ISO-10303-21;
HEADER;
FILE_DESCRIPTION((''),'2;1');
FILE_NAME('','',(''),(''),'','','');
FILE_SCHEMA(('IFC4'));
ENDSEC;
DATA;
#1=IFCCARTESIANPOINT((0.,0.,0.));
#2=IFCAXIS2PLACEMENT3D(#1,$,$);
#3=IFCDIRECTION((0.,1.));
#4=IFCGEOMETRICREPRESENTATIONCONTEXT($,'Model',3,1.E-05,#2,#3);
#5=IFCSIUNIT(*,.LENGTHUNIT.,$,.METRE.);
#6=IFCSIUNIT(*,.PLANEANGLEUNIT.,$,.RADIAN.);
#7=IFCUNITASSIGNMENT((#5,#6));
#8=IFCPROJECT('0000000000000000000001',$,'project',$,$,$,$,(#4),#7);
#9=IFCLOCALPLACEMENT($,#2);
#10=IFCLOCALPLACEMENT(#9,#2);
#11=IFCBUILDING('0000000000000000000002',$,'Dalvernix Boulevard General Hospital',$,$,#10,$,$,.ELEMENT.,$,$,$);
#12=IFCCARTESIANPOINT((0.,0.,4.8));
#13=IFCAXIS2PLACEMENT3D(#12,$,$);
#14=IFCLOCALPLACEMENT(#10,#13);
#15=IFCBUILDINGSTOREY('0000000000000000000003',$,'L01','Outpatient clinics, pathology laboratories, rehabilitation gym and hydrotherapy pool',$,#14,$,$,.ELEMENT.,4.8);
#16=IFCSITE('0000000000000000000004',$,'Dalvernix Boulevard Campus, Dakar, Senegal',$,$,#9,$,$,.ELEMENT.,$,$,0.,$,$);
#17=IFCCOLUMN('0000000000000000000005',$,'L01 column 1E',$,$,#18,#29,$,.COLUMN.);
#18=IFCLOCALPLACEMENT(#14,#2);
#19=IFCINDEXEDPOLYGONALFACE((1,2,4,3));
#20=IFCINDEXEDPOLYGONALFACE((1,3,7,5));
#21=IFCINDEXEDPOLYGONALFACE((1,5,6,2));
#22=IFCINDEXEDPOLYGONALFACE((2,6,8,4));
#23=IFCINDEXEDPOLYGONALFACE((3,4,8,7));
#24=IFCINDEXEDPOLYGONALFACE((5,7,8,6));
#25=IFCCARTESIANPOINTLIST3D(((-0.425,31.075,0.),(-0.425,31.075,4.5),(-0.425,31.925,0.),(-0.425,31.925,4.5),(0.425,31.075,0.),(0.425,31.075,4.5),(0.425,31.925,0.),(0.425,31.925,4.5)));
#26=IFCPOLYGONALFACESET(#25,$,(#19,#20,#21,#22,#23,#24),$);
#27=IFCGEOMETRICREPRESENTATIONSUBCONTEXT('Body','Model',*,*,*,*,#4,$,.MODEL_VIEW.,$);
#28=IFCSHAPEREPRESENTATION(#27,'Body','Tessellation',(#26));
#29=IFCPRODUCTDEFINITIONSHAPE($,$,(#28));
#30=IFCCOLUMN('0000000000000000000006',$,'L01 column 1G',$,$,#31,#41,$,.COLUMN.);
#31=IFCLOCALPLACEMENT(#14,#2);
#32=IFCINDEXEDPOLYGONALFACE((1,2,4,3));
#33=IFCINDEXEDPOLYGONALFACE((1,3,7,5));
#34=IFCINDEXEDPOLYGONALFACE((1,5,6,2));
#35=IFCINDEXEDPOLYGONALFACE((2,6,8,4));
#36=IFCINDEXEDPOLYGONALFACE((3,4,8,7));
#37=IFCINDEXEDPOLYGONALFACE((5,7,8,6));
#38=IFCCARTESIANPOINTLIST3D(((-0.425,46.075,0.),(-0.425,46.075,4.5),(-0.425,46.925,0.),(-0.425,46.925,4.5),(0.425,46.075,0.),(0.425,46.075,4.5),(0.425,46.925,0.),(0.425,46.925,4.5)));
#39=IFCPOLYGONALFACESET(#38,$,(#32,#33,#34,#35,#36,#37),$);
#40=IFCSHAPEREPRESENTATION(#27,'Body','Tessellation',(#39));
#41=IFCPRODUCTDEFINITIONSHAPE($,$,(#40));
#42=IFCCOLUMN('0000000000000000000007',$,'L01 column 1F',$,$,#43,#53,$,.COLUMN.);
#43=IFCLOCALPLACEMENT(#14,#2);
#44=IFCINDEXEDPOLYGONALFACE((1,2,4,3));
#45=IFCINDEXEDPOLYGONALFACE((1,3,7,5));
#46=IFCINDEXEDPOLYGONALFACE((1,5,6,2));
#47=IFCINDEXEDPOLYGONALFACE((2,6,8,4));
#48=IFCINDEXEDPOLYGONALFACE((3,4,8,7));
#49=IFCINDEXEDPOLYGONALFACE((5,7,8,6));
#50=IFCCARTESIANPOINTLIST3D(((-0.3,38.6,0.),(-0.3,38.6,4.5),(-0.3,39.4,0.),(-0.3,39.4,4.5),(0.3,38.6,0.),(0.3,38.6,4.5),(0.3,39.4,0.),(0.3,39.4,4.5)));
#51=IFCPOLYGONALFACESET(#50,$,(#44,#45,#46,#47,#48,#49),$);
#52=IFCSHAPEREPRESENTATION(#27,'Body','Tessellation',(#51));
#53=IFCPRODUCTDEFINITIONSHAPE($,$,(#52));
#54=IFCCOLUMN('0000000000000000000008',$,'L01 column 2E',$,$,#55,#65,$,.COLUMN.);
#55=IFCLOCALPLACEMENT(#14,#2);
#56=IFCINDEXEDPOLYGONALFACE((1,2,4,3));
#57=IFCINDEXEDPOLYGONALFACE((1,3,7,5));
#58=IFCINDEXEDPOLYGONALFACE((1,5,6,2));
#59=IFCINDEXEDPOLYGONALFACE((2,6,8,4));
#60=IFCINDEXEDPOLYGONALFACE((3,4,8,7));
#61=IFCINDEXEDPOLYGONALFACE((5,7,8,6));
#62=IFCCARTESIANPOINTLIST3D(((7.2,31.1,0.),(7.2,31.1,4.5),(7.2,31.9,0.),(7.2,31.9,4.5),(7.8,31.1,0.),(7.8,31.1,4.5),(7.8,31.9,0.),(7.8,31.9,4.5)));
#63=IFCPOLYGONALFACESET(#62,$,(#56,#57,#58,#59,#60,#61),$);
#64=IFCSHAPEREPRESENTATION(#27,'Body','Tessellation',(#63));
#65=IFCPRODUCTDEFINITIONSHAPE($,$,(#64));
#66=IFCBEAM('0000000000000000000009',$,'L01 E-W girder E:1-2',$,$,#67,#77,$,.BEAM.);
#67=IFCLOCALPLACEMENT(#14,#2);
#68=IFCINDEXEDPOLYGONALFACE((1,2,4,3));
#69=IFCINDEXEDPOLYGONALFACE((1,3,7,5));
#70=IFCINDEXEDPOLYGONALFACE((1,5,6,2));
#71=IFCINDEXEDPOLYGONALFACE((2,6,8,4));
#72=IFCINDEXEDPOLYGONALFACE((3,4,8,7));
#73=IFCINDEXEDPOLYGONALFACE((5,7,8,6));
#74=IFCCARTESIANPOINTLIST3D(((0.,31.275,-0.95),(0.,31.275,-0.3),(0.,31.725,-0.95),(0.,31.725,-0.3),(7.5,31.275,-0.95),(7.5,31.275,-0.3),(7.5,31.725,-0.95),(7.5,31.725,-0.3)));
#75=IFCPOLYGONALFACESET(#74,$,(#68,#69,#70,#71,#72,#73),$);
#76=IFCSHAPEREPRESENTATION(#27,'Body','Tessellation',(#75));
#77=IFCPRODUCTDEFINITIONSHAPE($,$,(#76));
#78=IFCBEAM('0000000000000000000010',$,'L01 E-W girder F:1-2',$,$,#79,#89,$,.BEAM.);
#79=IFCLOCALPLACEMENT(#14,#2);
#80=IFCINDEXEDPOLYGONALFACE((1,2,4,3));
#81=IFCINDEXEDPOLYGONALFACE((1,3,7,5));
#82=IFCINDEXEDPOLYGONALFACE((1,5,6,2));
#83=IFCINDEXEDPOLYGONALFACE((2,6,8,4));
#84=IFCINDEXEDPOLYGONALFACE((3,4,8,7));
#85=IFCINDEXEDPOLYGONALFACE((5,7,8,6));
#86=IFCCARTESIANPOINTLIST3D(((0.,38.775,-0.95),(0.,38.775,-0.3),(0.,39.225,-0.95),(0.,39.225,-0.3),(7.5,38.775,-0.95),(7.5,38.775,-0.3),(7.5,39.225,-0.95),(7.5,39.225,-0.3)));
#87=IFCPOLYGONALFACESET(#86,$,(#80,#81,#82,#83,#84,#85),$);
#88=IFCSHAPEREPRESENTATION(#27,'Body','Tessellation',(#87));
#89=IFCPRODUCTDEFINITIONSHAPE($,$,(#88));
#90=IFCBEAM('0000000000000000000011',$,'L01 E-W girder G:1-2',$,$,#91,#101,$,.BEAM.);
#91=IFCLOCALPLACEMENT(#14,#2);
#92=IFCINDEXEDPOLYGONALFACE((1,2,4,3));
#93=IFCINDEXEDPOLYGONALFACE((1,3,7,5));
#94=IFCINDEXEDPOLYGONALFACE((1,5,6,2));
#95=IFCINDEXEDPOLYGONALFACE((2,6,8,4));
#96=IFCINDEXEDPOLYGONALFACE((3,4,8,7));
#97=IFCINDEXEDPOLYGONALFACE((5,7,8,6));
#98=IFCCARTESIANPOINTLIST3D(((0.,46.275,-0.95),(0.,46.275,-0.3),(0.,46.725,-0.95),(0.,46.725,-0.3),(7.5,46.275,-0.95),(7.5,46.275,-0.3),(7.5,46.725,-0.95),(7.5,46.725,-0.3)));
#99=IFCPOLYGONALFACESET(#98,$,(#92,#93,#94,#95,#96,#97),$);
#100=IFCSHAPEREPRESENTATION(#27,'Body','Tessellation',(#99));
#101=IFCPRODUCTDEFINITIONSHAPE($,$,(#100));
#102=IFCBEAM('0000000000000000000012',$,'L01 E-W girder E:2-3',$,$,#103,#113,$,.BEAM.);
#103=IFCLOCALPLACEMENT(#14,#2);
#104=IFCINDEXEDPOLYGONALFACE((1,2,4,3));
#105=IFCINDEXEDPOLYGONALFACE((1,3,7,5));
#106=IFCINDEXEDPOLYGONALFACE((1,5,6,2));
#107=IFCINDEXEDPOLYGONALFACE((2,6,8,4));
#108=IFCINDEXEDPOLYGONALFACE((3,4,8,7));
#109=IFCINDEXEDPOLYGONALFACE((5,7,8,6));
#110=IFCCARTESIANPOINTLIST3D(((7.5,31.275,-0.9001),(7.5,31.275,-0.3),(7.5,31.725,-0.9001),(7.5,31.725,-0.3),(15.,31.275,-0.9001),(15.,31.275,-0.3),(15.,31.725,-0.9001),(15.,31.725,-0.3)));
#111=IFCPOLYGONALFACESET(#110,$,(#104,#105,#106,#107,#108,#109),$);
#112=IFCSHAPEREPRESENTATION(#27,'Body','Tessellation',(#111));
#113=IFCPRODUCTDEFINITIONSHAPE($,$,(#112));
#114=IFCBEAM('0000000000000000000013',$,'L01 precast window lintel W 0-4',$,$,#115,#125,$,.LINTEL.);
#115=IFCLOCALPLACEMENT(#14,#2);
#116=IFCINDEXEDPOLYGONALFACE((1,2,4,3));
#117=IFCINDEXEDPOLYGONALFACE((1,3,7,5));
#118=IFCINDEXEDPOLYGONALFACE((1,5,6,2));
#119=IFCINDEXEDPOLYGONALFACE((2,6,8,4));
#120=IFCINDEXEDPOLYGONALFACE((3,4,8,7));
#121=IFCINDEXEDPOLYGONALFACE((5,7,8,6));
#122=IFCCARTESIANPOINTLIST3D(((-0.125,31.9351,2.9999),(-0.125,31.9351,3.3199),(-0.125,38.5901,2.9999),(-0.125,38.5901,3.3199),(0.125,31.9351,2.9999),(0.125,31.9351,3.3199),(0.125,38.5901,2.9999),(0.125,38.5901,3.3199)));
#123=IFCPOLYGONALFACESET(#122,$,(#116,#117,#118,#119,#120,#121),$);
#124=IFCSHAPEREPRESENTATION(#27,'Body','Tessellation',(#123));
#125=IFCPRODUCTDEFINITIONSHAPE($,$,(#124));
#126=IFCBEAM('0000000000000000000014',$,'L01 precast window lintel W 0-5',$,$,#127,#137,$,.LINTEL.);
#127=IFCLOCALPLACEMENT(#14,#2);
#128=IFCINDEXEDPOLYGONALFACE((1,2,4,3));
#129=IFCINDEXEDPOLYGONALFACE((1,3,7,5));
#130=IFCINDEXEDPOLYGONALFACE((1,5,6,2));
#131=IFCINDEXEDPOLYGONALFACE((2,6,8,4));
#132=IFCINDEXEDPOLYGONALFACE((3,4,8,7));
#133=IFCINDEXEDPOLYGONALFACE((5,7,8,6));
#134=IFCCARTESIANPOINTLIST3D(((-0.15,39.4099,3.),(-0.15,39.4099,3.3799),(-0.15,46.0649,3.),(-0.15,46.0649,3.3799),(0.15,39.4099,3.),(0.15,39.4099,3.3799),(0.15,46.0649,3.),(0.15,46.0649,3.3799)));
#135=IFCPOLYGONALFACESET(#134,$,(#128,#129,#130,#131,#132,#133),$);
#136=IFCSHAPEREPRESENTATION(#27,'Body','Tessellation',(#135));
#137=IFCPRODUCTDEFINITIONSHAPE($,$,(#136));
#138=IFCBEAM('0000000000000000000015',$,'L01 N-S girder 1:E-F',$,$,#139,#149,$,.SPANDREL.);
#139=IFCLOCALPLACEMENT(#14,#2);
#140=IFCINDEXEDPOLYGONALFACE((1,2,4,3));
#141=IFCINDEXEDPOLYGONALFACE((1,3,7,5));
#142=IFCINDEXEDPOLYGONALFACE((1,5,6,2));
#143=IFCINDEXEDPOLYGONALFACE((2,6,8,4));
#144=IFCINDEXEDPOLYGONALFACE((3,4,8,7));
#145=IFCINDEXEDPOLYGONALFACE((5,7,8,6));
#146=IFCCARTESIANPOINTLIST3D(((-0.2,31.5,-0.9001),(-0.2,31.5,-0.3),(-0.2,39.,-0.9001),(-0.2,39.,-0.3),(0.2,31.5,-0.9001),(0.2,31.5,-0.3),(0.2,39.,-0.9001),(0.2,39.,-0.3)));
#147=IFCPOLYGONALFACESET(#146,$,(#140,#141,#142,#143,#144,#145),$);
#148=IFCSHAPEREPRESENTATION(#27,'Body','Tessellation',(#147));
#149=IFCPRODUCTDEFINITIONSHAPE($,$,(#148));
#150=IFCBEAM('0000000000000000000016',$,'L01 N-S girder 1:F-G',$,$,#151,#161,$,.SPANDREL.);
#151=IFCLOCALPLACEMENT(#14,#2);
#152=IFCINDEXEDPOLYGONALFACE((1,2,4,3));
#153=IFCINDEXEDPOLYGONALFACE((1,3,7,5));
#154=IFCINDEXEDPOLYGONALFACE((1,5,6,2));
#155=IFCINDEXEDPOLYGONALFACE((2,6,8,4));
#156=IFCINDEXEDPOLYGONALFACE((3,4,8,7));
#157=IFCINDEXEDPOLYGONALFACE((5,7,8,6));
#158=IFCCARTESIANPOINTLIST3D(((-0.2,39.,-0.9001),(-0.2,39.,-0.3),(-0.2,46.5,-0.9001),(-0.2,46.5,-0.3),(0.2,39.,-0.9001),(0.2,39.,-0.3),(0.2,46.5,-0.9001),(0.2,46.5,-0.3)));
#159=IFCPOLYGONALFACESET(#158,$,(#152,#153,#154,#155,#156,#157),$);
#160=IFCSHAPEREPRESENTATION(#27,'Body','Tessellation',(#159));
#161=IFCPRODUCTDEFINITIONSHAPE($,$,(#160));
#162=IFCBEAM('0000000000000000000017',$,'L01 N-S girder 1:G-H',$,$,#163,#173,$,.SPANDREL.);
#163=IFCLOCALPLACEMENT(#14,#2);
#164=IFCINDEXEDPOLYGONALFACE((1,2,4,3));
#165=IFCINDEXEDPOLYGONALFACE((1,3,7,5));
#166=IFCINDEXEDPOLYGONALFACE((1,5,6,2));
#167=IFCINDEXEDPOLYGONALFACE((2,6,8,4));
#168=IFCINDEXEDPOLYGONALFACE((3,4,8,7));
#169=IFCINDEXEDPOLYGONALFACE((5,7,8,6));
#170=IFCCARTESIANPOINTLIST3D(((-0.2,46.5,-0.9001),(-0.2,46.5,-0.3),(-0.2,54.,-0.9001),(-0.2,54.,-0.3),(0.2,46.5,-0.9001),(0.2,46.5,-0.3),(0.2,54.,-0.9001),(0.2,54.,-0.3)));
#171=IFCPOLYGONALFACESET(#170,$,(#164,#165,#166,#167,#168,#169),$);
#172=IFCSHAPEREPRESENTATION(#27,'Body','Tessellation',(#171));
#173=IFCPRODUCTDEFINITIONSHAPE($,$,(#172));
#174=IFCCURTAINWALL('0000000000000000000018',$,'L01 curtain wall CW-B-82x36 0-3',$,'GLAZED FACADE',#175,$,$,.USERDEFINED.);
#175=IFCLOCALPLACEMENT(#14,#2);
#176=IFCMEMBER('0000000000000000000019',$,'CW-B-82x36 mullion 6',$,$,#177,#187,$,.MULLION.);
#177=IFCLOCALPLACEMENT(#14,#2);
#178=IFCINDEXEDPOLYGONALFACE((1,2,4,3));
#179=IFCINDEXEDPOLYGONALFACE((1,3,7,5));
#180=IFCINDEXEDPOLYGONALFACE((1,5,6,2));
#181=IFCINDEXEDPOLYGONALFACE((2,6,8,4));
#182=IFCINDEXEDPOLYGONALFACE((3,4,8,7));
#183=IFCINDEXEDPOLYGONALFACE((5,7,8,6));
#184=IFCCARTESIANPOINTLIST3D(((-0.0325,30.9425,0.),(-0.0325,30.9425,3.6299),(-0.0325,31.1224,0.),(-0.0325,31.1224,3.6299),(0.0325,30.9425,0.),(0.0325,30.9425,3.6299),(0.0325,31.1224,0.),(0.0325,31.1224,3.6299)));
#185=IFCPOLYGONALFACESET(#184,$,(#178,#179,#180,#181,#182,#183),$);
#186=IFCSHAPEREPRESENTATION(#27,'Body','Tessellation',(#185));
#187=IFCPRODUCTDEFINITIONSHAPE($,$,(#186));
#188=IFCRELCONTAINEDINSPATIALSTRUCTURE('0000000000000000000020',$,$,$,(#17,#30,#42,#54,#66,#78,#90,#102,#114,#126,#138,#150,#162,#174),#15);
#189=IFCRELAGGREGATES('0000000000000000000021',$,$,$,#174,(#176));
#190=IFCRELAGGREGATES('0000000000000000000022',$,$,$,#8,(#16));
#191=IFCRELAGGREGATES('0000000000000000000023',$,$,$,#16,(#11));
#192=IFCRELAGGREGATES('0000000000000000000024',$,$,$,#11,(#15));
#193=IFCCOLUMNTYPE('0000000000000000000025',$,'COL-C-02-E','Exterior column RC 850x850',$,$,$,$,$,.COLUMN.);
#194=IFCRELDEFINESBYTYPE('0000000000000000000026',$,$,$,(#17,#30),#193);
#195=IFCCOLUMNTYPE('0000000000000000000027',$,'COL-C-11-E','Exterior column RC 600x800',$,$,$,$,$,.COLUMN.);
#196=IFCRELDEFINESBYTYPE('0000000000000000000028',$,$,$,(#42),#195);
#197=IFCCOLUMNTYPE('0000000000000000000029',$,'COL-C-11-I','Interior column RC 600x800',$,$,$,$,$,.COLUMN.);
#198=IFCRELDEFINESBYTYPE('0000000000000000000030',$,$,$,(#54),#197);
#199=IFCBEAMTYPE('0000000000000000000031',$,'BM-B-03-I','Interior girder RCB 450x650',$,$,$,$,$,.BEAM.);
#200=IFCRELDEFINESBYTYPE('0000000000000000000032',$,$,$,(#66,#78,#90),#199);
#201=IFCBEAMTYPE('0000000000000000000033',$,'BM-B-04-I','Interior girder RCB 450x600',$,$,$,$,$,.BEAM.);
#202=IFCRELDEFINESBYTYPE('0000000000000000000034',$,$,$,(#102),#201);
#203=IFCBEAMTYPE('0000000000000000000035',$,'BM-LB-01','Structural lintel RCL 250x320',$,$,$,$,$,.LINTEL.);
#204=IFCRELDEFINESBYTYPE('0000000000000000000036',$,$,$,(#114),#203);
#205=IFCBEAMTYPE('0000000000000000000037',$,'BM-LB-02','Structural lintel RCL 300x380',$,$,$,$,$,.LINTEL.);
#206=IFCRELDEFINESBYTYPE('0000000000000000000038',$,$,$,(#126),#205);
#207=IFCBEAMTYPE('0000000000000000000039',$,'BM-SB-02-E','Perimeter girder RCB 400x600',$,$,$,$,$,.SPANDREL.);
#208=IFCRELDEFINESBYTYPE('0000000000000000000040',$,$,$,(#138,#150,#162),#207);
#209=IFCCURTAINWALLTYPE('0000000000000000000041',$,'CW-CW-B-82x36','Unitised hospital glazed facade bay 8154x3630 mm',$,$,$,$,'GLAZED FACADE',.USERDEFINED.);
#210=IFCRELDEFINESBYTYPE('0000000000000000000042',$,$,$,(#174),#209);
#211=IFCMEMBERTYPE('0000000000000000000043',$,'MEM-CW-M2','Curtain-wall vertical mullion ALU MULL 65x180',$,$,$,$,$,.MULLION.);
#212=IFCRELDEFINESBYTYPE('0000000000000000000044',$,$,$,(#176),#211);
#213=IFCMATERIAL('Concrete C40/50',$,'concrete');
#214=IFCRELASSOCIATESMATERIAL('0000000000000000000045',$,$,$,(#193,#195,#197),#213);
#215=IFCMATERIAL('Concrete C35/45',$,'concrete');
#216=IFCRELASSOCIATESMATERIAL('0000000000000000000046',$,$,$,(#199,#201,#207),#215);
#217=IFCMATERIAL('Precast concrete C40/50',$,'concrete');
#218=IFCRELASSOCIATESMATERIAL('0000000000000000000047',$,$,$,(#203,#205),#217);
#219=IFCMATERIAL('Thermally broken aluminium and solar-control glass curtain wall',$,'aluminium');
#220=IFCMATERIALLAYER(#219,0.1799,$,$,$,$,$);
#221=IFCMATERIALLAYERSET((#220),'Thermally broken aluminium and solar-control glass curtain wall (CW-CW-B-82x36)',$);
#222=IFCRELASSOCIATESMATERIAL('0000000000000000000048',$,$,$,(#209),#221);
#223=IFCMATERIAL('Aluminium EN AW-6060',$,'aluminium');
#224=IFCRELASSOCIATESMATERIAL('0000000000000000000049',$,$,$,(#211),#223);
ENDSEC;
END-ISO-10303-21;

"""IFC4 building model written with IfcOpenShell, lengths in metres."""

from ifc_helpers import new_model, si_unit, direction, frame, origin, origin_2d, place, context, subcontext, project, spatial, rectangle, extrude, material, layer, layer_set, material_profile, profile_set, type_object, element, aggregate, save


model = new_model("IFC4")

# Units and contexts
model_context = context("Model", 3, precision=1e-05, world=origin(), true_north=direction((0.0, 1.0)))
body_context = subcontext(model_context, "Body", "Model", "MODEL_VIEW")
ifc_project = project(units=[si_unit("LENGTHUNIT", "METRE"), si_unit("PLANEANGLEUNIT", "RADIAN")], contexts=[model_context])

# Site, building, storey
site_placement = place(None, origin())
site = spatial("IfcSite", under=ifc_project, at=site_placement, Name="Dalvernix Boulevard Campus, Dakar, Senegal", CompositionType="ELEMENT", RefElevation=0.0)
building_placement = place(site_placement, origin())
building = spatial("IfcBuilding", under=site, at=building_placement, Name="Dalvernix Boulevard General Hospital", CompositionType="ELEMENT")
storey_placement = place(building_placement, frame((0.0, 0.0, 4.8)))
storey = spatial("IfcBuildingStorey", under=building, at=storey_placement, Name="L01", Description="Outpatient clinics, pathology laboratories, rehabilitation gym and hydrotherapy pool", CompositionType="ELEMENT", Elevation=4.8)

# Columns
ifc_material_1 = material(Name="Concrete C40/50", Category="concrete")
ifc_material_profile_1 = material_profile(ifc_material_1, rectangle(XDim=0.8501, YDim=0.8501, at=origin_2d()), Name="RC 850x850")
ifc_profile_set_1 = profile_set([ifc_material_profile_1], Name="Concrete C40/50")
column_type_1 = type_object("IfcColumnType", Name="COL-C-02-E", Description="Exterior column RC 850x850", PredefinedType="COLUMN", material=ifc_profile_set_1)
for number, where, z_axis, x_axis, name in (
    (1, (0.0, 31.5, 0.0), (0.0, 0.0, 1.0), (1.0, 0.0, 0.0), "L01 column 1E"),
    (2, (0.0, 46.5, 0.0), (0.0, 0.0, 1.0), (1.0, 0.0, 0.0), "L01 column 1G"),
):
    element("IfcColumn", number, at=place(storey_placement, frame(where, z_axis=z_axis, x_axis=x_axis)), inside=storey, type_object=column_type_1, Name=name, PredefinedType="COLUMN", context=body_context, shape_type="SweptSolid", body=[
        extrude(rectangle(XDim=0.8501, YDim=0.8501, at=origin_2d()), origin(), (0.0, 0.0, 1.0), 4.5),
    ])
ifc_material_profile_2 = material_profile(ifc_material_1, rectangle(XDim=0.6001, YDim=0.8, at=origin_2d()), Name="RC 600x800")
ifc_profile_set_2 = profile_set([ifc_material_profile_2], Name="Concrete C40/50")
column_type_2 = type_object("IfcColumnType", Name="COL-C-11-E", Description="Exterior column RC 600x800", PredefinedType="COLUMN", material=ifc_profile_set_2)
column_1_placement = place(storey_placement, frame((0.0, 39.0, 0.0), z_axis=(0.0, 0.0, 1.0), x_axis=(1.0, 0.0, 0.0)))
element("IfcColumn", 3, at=column_1_placement, inside=storey, type_object=column_type_2, Name="L01 column 1F", PredefinedType="COLUMN", context=body_context, shape_type="SweptSolid", body=[
    extrude(rectangle(XDim=0.6001, YDim=0.8, at=origin_2d()), origin(), (0.0, 0.0, 1.0), 4.5),
])
ifc_material_profile_3 = material_profile(ifc_material_1, rectangle(XDim=0.6001, YDim=0.8, at=origin_2d()), Name="RC 600x800")
ifc_profile_set_3 = profile_set([ifc_material_profile_3], Name="Concrete C40/50")
column_type_3 = type_object("IfcColumnType", Name="COL-C-11-I", Description="Interior column RC 600x800", PredefinedType="COLUMN", material=ifc_profile_set_3)
column_2_placement = place(storey_placement, frame((7.5, 31.5, 0.0), z_axis=(0.0, 0.0, 1.0), x_axis=(1.0, 0.0, 0.0)))
element("IfcColumn", 4, at=column_2_placement, inside=storey, type_object=column_type_3, Name="L01 column 2E", PredefinedType="COLUMN", context=body_context, shape_type="SweptSolid", body=[
    extrude(rectangle(XDim=0.6001, YDim=0.8, at=origin_2d()), origin(), (0.0, 0.0, 1.0), 4.5),
])

# Beams
ifc_material_2 = material(Name="Concrete C35/45", Category="concrete")
ifc_material_profile_4 = material_profile(ifc_material_2, rectangle(XDim=0.45, YDim=0.6499, at=origin_2d()), Name="RCB 450x650")
ifc_profile_set_4 = profile_set([ifc_material_profile_4], Name="Concrete C35/45")
beam_type_1 = type_object("IfcBeamType", Name="BM-B-03-I", Description="Interior girder RCB 450x650", PredefinedType="BEAM", material=ifc_profile_set_4)
for number, where, z_axis, x_axis, name in (
    (5, (0.0, 31.5, -0.625), (1.0, 0.0, 0.0), (0.0, 1.0, 0.0), "L01 E-W girder E:1-2"),
    (6, (0.0, 39.0, -0.625), (1.0, 0.0, 0.0), (0.0, 1.0, 0.0), "L01 E-W girder F:1-2"),
    (7, (0.0, 46.5, -0.625), (1.0, 0.0, 0.0), (0.0, 1.0, 0.0), "L01 E-W girder G:1-2"),
):
    element("IfcBeam", number, at=place(storey_placement, frame(where, z_axis=z_axis, x_axis=x_axis)), inside=storey, type_object=beam_type_1, Name=name, PredefinedType="BEAM", context=body_context, shape_type="SweptSolid", body=[
        extrude(rectangle(XDim=0.45, YDim=0.6499, at=origin_2d()), origin(), (0.0, 0.0, 1.0), 7.5),
    ])
ifc_material_profile_5 = material_profile(ifc_material_2, rectangle(XDim=0.45, YDim=0.6001, at=origin_2d()), Name="RCB 450x600")
ifc_profile_set_5 = profile_set([ifc_material_profile_5], Name="Concrete C35/45")
beam_type_2 = type_object("IfcBeamType", Name="BM-B-04-I", Description="Interior girder RCB 450x600", PredefinedType="BEAM", material=ifc_profile_set_5)
beam_1_placement = place(storey_placement, frame((7.5, 31.5, -0.6001), z_axis=(1.0, 0.0, 0.0), x_axis=(0.0, 1.0, 0.0)))
element("IfcBeam", 8, at=beam_1_placement, inside=storey, type_object=beam_type_2, Name="L01 E-W girder E:2-3", PredefinedType="BEAM", context=body_context, shape_type="SweptSolid", body=[
    extrude(rectangle(XDim=0.45, YDim=0.6001, at=origin_2d()), origin(), (0.0, 0.0, 1.0), 7.5),
])
ifc_material_3 = material(Name="Precast concrete C40/50", Category="concrete")
ifc_material_profile_6 = material_profile(ifc_material_3, rectangle(XDim=0.25, YDim=0.3201, at=origin_2d()), Name="RCL 250x320")
ifc_profile_set_6 = profile_set([ifc_material_profile_6], Name="Precast concrete C40/50")
beam_type_3 = type_object("IfcBeamType", Name="BM-LB-01", Description="Structural lintel RCL 250x320", PredefinedType="LINTEL", material=ifc_profile_set_6)
beam_2_placement = place(storey_placement, frame((0.0, 31.9351, 3.1599), z_axis=(0.0, 1.0, 0.0), x_axis=(-1.0, 0.0, 0.0)))
element("IfcBeam", 9, at=beam_2_placement, inside=storey, type_object=beam_type_3, Name="L01 precast window lintel W 0-4", PredefinedType="LINTEL", context=body_context, shape_type="SweptSolid", body=[
    extrude(rectangle(XDim=0.25, YDim=0.3201, at=origin_2d()), origin(), (0.0, 0.0, 1.0), 6.655),
])
ifc_material_profile_7 = material_profile(ifc_material_3, rectangle(XDim=0.3, YDim=0.3799, at=origin_2d()), Name="RCL 300x380")
ifc_profile_set_7 = profile_set([ifc_material_profile_7], Name="Precast concrete C40/50")
beam_type_4 = type_object("IfcBeamType", Name="BM-LB-02", Description="Structural lintel RCL 300x380", PredefinedType="LINTEL", material=ifc_profile_set_7)
beam_3_placement = place(storey_placement, frame((0.0, 39.4099, 3.1899), z_axis=(0.0, 1.0, 0.0), x_axis=(-1.0, 0.0, 0.0)))
element("IfcBeam", 10, at=beam_3_placement, inside=storey, type_object=beam_type_4, Name="L01 precast window lintel W 0-5", PredefinedType="LINTEL", context=body_context, shape_type="SweptSolid", body=[
    extrude(rectangle(XDim=0.3, YDim=0.3799, at=origin_2d()), origin(), (0.0, 0.0, 1.0), 6.655),
])
ifc_material_profile_8 = material_profile(ifc_material_2, rectangle(XDim=0.3999, YDim=0.6001, at=origin_2d()), Name="RCB 400x600")
ifc_profile_set_8 = profile_set([ifc_material_profile_8], Name="Concrete C35/45")
beam_type_5 = type_object("IfcBeamType", Name="BM-SB-02-E", Description="Perimeter girder RCB 400x600", PredefinedType="SPANDREL", material=ifc_profile_set_8)
for number, where, z_axis, x_axis, name in (
    (11, (0.0, 31.5, -0.6001), (0.0, 1.0, 0.0), (-1.0, 0.0, 0.0), "L01 N-S girder 1:E-F"),
    (12, (0.0, 39.0, -0.6001), (0.0, 1.0, 0.0), (-1.0, 0.0, 0.0), "L01 N-S girder 1:F-G"),
    (13, (0.0, 46.5, -0.6001), (0.0, 1.0, 0.0), (-1.0, 0.0, 0.0), "L01 N-S girder 1:G-H"),
):
    element("IfcBeam", number, at=place(storey_placement, frame(where, z_axis=z_axis, x_axis=x_axis)), inside=storey, type_object=beam_type_5, Name=name, PredefinedType="SPANDREL", context=body_context, shape_type="SweptSolid", body=[
        extrude(rectangle(XDim=0.3999, YDim=0.6001, at=origin_2d()), origin(), (0.0, 0.0, 1.0), 7.5),
    ])

# Curtain wall, member
ifc_material_4 = material(Name="Thermally broken aluminium and solar-control glass curtain wall", Category="aluminium")
ifc_layer_1 = layer(ifc_material_4, 0.1799)
ifc_layer_set_1 = layer_set([ifc_layer_1], Name="Thermally broken aluminium and solar-control glass curtain wall (CW-CW-B-82x36)")
curtain_wall_type = type_object("IfcCurtainWallType", Name="CW-CW-B-82x36", Description="Unitised hospital glazed facade bay 8154x3630 mm", ElementType="GLAZED FACADE", PredefinedType="USERDEFINED", material=ifc_layer_set_1)
curtain_wall_placement = place(storey_placement, origin())
curtain_wall = element("IfcCurtainWall", 14, at=curtain_wall_placement, inside=storey, type_object=curtain_wall_type, Name="L01 curtain wall CW-B-82x36 0-3", ObjectType="GLAZED FACADE", PredefinedType="USERDEFINED")
ifc_material_5 = material(Name="Aluminium EN AW-6060", Category="aluminium")
ifc_material_profile_9 = material_profile(ifc_material_5, rectangle(XDim=0.0649, YDim=0.1799, at=origin_2d()), Name="ALU MULL 65x180")
ifc_profile_set_9 = profile_set([ifc_material_profile_9], Name="Aluminium EN AW-6060")
member_type_1 = type_object("IfcMemberType", Name="MEM-CW-M2", Description="Curtain-wall vertical mullion ALU MULL 65x180", PredefinedType="MULLION", material=ifc_profile_set_9)
member_1_placement = place(storey_placement, frame((0.0, 31.0325, 0.0), z_axis=(0.0, 0.0, 1.0), x_axis=(-1.0, 0.0, 0.0)))
member_1 = element("IfcMember", 15, at=member_1_placement, type_object=member_type_1, Name="CW-B-82x36 mullion 6", PredefinedType="MULLION", context=body_context, shape_type="SweptSolid", body=[
    extrude(rectangle(XDim=0.0649, YDim=0.1799, at=origin_2d()), origin(), (0.0, 0.0, 1.0), 3.6299),
])
aggregate(curtain_wall, [member_1])

save(model, "model.ifc")
